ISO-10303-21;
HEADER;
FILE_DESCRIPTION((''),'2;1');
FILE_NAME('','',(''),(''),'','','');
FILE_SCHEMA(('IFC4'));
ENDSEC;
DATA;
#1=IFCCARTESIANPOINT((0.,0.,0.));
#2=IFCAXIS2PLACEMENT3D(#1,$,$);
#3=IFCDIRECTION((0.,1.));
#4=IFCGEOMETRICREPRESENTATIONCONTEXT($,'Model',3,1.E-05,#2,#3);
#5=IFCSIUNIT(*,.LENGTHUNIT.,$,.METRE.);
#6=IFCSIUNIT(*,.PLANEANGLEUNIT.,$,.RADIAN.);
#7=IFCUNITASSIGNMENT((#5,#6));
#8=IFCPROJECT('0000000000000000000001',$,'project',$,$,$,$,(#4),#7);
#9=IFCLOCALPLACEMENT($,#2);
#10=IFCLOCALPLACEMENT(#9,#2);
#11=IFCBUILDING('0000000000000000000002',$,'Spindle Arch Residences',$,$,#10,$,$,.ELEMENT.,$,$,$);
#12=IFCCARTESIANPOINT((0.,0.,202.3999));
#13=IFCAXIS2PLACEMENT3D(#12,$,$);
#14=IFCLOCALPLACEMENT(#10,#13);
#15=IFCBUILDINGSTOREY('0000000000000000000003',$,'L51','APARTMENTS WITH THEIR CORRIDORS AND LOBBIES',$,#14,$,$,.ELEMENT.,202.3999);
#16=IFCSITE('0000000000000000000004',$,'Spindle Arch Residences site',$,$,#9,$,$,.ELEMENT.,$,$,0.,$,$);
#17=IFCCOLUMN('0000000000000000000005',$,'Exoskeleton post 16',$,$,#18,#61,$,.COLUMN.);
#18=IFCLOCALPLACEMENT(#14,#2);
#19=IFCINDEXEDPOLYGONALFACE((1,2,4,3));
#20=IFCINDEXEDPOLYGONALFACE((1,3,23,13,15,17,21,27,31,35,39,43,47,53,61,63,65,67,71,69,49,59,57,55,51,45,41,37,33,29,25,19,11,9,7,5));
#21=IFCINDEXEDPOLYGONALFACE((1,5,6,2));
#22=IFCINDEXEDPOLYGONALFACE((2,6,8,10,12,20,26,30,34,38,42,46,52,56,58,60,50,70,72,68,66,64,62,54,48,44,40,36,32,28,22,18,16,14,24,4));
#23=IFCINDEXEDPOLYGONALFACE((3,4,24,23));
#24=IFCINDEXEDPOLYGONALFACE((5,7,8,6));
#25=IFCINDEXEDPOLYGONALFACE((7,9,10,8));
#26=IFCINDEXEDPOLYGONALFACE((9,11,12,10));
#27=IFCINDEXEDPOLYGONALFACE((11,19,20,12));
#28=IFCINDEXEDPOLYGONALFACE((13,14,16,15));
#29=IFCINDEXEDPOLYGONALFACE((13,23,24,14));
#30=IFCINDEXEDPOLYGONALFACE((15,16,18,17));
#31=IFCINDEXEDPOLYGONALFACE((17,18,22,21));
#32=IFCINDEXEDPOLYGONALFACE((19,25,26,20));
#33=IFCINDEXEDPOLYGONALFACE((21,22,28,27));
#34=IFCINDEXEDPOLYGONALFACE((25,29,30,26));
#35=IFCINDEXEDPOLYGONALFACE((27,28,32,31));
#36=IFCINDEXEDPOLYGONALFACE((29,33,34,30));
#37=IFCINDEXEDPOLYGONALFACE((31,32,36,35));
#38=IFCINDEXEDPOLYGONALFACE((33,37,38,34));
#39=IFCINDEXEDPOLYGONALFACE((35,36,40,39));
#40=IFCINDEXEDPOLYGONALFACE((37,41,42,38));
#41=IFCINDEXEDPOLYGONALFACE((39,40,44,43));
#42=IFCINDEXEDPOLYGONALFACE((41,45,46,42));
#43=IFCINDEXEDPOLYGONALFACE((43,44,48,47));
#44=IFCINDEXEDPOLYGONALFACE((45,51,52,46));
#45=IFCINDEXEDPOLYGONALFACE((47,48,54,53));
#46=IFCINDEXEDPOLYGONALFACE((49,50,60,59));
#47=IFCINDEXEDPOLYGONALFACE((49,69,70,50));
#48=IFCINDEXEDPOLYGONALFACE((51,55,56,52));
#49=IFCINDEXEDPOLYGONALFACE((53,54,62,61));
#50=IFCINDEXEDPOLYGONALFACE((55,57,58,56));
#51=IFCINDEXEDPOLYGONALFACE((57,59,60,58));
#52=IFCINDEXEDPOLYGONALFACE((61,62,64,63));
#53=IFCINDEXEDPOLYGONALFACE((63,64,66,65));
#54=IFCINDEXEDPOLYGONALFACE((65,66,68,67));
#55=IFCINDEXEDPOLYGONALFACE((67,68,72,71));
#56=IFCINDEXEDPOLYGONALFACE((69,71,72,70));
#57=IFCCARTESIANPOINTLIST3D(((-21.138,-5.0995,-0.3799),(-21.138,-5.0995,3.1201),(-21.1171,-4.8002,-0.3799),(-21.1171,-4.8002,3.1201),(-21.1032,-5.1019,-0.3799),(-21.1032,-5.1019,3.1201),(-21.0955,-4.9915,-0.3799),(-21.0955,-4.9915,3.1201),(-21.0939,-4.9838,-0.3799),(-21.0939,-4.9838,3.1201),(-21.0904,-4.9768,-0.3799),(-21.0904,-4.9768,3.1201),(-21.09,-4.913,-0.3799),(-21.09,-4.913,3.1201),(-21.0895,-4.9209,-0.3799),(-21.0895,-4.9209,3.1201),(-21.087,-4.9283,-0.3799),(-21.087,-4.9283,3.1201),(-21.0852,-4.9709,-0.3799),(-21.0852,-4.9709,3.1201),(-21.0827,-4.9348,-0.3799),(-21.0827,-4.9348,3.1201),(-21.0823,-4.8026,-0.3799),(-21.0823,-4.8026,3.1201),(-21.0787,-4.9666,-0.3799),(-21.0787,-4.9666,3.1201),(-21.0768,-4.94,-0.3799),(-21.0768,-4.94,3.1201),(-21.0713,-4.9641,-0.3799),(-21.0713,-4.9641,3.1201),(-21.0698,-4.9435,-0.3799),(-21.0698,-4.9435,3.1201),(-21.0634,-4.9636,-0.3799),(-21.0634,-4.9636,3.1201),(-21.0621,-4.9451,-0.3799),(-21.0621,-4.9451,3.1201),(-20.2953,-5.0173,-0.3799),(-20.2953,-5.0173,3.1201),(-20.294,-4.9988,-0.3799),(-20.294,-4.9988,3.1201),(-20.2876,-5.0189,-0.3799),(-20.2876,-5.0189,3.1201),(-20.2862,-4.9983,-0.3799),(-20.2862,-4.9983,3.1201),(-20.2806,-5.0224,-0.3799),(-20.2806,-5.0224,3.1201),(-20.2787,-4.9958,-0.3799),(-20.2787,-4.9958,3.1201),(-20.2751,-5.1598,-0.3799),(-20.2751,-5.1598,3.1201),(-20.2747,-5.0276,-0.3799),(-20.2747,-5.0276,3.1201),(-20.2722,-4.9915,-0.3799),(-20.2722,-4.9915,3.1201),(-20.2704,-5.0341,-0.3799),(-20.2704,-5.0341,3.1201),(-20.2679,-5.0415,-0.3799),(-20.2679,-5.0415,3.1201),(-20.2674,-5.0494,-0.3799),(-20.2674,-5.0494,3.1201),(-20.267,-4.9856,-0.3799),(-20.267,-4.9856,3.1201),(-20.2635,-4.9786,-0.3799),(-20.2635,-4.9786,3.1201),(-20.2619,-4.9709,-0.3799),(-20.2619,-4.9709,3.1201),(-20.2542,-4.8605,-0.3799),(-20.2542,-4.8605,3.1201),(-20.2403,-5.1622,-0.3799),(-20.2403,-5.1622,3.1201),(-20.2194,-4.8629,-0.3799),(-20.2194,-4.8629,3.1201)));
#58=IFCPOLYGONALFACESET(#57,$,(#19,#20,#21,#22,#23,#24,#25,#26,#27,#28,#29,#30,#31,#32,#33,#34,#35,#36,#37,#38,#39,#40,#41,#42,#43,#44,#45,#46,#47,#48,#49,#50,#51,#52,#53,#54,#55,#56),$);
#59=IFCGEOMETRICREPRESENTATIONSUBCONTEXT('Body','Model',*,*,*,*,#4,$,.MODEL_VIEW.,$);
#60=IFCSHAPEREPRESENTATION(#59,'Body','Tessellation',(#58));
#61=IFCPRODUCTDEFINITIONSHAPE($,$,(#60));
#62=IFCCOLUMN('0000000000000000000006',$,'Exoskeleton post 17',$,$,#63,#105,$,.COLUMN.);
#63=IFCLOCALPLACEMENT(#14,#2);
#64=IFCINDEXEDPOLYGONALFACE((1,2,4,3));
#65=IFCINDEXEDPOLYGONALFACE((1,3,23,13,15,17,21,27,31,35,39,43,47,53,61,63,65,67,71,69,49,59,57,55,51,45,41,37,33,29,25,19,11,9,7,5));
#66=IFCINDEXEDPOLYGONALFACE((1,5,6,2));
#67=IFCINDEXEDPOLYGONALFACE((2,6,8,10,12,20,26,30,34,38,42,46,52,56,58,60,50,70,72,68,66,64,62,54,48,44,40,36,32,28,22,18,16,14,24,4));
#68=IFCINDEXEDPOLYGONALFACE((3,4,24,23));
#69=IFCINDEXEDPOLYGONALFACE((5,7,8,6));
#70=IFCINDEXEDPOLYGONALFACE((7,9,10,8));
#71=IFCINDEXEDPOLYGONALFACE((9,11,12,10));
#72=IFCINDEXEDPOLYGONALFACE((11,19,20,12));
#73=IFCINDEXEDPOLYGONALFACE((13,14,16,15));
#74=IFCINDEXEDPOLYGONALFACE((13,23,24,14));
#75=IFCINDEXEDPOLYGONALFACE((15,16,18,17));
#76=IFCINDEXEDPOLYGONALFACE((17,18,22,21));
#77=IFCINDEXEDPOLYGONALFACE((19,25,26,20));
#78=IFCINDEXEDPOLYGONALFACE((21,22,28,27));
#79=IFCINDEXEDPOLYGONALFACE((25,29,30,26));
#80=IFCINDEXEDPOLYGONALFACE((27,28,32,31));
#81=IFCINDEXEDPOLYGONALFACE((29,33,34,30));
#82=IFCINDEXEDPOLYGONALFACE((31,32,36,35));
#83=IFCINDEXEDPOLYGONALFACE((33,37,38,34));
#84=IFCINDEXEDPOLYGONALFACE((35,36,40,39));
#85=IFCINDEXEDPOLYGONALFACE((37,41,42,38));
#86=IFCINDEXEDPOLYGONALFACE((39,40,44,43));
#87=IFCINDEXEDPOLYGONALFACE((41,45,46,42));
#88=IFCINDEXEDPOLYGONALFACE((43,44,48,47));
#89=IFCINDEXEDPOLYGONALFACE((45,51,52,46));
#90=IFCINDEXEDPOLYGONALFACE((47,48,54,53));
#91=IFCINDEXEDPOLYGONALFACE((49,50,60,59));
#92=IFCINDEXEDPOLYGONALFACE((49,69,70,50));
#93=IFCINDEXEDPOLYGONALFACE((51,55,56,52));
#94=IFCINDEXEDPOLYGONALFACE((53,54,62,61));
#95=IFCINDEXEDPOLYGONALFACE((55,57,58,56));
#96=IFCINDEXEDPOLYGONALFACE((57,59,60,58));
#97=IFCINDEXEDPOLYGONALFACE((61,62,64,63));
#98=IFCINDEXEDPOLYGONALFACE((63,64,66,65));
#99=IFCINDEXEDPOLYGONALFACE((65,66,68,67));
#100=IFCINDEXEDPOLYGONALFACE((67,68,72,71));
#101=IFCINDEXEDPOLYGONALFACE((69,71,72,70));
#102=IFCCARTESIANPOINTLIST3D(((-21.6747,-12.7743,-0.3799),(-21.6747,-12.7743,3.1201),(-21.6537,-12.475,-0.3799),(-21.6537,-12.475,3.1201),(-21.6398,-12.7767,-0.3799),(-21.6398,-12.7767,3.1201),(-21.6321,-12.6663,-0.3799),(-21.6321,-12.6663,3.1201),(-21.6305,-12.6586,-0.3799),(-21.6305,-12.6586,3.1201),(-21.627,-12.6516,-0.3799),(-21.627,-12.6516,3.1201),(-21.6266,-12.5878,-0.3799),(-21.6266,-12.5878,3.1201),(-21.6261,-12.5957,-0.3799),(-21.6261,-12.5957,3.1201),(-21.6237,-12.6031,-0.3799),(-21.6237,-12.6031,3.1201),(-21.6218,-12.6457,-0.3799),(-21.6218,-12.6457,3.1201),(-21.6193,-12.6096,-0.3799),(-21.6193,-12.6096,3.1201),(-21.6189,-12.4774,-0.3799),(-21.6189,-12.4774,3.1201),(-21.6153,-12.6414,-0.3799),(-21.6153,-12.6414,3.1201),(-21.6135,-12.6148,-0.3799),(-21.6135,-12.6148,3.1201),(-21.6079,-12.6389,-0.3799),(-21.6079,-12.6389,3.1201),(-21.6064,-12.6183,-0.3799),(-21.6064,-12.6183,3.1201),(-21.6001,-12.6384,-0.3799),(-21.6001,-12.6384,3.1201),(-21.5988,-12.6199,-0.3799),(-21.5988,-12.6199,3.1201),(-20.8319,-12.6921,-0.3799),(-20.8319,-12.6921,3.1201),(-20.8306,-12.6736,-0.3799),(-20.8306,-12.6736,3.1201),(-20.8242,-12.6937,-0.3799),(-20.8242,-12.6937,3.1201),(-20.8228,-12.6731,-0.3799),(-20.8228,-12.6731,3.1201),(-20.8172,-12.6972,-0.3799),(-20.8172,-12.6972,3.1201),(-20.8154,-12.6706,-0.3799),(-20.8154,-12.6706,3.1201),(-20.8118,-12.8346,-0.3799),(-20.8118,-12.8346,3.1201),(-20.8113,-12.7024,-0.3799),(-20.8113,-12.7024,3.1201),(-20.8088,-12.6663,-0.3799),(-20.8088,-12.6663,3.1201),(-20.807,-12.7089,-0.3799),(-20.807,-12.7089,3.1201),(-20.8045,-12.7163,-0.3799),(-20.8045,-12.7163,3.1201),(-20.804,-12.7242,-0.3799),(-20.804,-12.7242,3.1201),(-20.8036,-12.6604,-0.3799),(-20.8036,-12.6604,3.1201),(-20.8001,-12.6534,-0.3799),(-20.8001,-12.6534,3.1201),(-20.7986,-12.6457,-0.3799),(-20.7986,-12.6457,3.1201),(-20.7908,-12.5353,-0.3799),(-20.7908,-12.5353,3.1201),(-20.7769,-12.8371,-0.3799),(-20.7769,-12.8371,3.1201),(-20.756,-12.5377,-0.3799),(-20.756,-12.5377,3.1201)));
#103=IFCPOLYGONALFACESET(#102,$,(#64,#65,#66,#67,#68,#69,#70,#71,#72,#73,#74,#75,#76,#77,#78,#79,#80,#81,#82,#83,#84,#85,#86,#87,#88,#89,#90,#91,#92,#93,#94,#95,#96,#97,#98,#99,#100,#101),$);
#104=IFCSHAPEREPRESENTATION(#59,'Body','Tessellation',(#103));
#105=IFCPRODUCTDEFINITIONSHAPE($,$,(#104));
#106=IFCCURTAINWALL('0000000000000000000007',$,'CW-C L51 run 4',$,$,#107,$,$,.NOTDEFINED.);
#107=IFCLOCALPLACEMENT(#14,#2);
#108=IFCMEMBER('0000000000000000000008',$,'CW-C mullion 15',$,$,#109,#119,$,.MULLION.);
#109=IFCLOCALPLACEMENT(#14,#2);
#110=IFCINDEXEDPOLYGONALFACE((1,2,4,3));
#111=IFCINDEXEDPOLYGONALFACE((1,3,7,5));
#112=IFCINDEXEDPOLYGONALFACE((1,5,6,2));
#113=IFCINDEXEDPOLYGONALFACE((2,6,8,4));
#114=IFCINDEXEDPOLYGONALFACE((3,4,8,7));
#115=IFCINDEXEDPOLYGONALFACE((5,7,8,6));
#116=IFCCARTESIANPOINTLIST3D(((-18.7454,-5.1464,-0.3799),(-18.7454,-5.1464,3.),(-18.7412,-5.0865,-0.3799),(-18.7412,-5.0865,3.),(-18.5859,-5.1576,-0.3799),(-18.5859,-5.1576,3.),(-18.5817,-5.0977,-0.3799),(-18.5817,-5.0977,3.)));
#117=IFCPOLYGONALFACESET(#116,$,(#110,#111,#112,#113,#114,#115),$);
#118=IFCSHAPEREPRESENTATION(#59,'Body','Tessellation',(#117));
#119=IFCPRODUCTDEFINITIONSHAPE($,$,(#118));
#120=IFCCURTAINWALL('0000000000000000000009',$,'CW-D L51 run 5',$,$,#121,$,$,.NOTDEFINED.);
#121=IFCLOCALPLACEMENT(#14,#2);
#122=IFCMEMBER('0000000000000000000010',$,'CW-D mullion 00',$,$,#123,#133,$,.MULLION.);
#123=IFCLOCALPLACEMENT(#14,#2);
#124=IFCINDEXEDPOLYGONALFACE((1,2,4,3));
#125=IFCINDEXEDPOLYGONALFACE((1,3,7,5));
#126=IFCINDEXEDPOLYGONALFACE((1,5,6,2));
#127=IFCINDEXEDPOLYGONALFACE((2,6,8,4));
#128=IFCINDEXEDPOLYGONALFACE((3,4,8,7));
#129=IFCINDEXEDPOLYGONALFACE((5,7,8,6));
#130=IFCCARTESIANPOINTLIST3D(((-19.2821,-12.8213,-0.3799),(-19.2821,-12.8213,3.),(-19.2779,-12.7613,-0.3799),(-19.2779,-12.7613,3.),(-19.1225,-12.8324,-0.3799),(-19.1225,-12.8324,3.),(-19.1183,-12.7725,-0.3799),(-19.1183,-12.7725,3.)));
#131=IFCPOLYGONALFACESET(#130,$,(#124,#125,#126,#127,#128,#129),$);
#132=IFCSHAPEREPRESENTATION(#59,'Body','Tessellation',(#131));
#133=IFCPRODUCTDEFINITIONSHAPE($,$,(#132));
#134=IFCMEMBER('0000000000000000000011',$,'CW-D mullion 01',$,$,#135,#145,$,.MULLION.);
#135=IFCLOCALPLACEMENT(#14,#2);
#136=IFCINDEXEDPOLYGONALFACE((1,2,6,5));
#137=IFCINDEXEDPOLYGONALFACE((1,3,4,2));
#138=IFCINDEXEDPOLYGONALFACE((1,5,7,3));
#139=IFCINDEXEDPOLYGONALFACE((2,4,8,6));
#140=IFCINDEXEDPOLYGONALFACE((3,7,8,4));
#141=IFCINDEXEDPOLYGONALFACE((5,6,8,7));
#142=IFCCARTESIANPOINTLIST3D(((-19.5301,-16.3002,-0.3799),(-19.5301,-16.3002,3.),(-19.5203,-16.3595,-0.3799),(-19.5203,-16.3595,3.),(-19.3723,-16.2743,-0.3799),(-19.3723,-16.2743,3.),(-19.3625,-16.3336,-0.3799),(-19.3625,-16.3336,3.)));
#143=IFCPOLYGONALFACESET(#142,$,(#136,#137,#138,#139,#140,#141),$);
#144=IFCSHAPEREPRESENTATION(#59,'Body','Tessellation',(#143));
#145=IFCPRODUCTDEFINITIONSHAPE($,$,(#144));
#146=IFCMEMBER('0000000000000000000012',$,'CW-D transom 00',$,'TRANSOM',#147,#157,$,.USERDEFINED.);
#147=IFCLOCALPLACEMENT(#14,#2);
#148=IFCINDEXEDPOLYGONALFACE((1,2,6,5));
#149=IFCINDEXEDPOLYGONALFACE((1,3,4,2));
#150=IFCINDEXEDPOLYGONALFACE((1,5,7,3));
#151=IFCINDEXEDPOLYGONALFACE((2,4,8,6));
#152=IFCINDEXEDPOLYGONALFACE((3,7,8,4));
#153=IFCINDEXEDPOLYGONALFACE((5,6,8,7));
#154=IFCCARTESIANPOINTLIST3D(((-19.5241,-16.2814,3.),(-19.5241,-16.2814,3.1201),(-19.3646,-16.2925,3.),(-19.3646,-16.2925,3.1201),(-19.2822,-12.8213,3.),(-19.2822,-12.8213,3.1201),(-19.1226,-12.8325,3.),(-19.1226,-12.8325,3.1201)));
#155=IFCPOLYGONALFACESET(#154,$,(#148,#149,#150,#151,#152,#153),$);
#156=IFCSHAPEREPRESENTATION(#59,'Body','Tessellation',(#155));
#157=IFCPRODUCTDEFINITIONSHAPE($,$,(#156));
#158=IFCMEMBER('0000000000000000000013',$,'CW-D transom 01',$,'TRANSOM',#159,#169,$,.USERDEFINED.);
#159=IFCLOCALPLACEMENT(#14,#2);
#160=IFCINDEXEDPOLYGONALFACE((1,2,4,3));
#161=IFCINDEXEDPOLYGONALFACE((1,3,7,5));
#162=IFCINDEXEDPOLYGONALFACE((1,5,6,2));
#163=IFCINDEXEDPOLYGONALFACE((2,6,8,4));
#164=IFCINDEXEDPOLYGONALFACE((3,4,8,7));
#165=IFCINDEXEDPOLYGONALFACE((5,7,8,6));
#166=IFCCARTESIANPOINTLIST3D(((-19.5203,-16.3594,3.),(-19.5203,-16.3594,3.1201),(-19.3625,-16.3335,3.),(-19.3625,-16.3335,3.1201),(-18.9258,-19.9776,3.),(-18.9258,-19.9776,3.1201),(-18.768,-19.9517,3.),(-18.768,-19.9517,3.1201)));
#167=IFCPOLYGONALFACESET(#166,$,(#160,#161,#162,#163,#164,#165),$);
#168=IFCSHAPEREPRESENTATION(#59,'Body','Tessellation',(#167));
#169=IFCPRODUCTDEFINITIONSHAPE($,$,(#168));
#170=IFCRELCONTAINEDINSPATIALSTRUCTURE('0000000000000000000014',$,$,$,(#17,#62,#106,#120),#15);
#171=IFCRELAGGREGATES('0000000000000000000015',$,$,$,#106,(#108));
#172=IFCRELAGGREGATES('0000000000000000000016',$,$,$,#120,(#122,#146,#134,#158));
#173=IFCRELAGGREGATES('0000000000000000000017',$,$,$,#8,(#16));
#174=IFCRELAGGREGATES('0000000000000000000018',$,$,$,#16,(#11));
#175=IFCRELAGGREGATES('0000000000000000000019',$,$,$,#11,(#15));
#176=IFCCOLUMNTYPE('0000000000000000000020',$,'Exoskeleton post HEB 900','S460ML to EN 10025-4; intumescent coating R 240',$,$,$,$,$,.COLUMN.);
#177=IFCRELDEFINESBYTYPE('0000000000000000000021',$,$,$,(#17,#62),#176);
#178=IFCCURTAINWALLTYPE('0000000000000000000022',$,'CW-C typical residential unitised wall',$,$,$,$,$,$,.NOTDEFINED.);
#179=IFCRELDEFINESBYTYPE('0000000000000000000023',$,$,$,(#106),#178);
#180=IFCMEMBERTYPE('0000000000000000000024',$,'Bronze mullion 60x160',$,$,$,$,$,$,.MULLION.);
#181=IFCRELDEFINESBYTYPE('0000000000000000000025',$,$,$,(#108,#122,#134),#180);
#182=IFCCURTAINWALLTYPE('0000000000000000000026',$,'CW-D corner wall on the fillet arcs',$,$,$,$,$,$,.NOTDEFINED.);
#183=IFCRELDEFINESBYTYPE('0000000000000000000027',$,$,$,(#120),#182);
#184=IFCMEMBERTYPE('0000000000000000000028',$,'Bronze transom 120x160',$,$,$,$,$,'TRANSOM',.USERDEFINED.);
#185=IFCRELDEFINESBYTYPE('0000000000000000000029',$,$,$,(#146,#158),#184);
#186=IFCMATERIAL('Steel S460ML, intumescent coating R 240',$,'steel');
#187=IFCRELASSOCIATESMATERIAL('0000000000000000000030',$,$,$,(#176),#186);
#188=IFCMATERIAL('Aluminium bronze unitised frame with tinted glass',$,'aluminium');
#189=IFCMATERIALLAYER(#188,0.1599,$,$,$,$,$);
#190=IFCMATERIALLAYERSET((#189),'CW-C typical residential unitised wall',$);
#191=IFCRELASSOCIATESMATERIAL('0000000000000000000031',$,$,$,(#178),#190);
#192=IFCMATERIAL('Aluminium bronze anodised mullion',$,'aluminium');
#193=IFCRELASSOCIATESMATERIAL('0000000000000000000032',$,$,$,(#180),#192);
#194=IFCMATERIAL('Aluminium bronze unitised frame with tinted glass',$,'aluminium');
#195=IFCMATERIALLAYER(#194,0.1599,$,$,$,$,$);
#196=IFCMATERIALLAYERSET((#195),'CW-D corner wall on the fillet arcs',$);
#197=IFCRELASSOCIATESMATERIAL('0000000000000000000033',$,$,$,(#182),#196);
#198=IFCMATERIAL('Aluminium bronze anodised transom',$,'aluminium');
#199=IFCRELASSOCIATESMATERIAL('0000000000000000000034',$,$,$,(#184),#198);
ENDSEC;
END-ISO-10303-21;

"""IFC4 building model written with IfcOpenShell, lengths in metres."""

from ifc_helpers import new_model, si_unit, direction, frame, origin, origin_2d, place, context, subcontext, project, spatial, rectangle, i_section, extrude, material, layer, layer_set, material_profile, profile_set, type_object, element, aggregate, save


model = new_model("IFC4")

# Units and contexts
model_context = context("Model", 3, precision=1e-05, world=origin(), true_north=direction((0.0, 1.0)))
body_context = subcontext(model_context, "Body", "Model", "MODEL_VIEW")
ifc_project = project(units=[si_unit("LENGTHUNIT", "METRE"), si_unit("PLANEANGLEUNIT", "RADIAN")], contexts=[model_context])

# Site, building, storey
site_placement = place(None, origin())
site = spatial("IfcSite", under=ifc_project, at=site_placement, Name="Spindle Arch Residences site", CompositionType="ELEMENT", RefElevation=0.0)
building_placement = place(site_placement, origin())
building = spatial("IfcBuilding", under=site, at=building_placement, Name="Spindle Arch Residences", CompositionType="ELEMENT")
storey_placement = place(building_placement, frame((0.0, 0.0, 202.3999)))
storey = spatial("IfcBuildingStorey", under=building, at=storey_placement, Name="L51", Description="APARTMENTS WITH THEIR CORRIDORS AND LOBBIES", CompositionType="ELEMENT", Elevation=202.3999)

# Columns
ifc_material_1 = material(Name="Steel S460ML, intumescent coating R 240", Category="steel")
ifc_material_profile_1 = material_profile(ifc_material_1, i_section(OverallWidth=0.3, OverallDepth=0.8999, WebThickness=0.0186, FlangeThickness=0.0349, FilletRadius=0.03, at=origin_2d()), Name="HEB 900")
ifc_profile_set_1 = profile_set([ifc_material_profile_1], Name="Steel S460ML, intumescent coating R 240")
column_type = type_object("IfcColumnType", Name="Exoskeleton post HEB 900", Description="S460ML to EN 10025-4; intumescent coating R 240", PredefinedType="COLUMN", material=ifc_profile_set_1)
for number, where, z_axis, x_axis, name in (
    (1, (-20.6787, -4.9812, -0.3799), (0.0, 0.0, 1.0), (0.069756, 0.997564, 0.0), "Exoskeleton post 16"),
    (2, (-21.2153, -12.656, -0.3799), (0.0, 0.0, 1.0), (0.069756, 0.997564, 0.0), "Exoskeleton post 17"),
):
    element("IfcColumn", number, at=place(storey_placement, frame(where, z_axis=z_axis, x_axis=x_axis)), inside=storey, type_object=column_type, Name=name, PredefinedType="COLUMN", context=body_context, shape_type="SweptSolid", body=[
        extrude(i_section(OverallWidth=0.3, OverallDepth=0.8999, WebThickness=0.0186, FlangeThickness=0.0349, FilletRadius=0.03, at=origin_2d()), origin(), (0.0, 0.0, 1.0), 3.5),
    ])

# Curtain wall, member
ifc_material_2 = material(Name="Aluminium bronze unitised frame with tinted glass", Category="aluminium")
ifc_layer_1 = layer(ifc_material_2, 0.1599)
ifc_layer_set_1 = layer_set([ifc_layer_1], Name="CW-C typical residential unitised wall")
curtain_wall_type_1 = type_object("IfcCurtainWallType", Name="CW-C typical residential unitised wall", PredefinedType="NOTDEFINED", material=ifc_layer_set_1)
curtain_wall_1_placement = place(storey_placement, origin())
curtain_wall_1 = element("IfcCurtainWall", 3, at=curtain_wall_1_placement, inside=storey, type_object=curtain_wall_type_1, Name="CW-C L51 run 4", PredefinedType="NOTDEFINED")
ifc_material_3 = material(Name="Aluminium bronze anodised mullion", Category="aluminium")
ifc_material_profile_2 = material_profile(ifc_material_3, rectangle(XDim=0.1599, YDim=0.0601, at=origin_2d()), Name="MU 60x160")
ifc_profile_set_2 = profile_set([ifc_material_profile_2], Name="Aluminium bronze anodised mullion")
member_type_1 = type_object("IfcMemberType", Name="Bronze mullion 60x160", PredefinedType="MULLION", material=ifc_profile_set_2)
member_1_placement = place(storey_placement, frame((-18.6636, -5.1221, -0.3799), z_axis=(0.0, 0.0, 1.0), x_axis=(0.997564, -0.069756, 0.0)))
member_1 = element("IfcMember", 4, at=member_1_placement, type_object=member_type_1, Name="CW-C mullion 15", PredefinedType="MULLION", context=body_context, shape_type="SweptSolid", body=[
    extrude(rectangle(XDim=0.1599, YDim=0.0601, at=origin_2d()), origin(), (0.0, 0.0, 1.0), 3.3799),
])

# Curtain wall, members
ifc_material_4 = material(Name="Aluminium bronze unitised frame with tinted glass", Category="aluminium")
ifc_layer_2 = layer(ifc_material_4, 0.1599)
ifc_layer_set_2 = layer_set([ifc_layer_2], Name="CW-D corner wall on the fillet arcs")
curtain_wall_type_2 = type_object("IfcCurtainWallType", Name="CW-D corner wall on the fillet arcs", PredefinedType="NOTDEFINED", material=ifc_layer_set_2)
curtain_wall_2_placement = place(storey_placement, origin())
curtain_wall_2 = element("IfcCurtainWall", 5, at=curtain_wall_2_placement, inside=storey, type_object=curtain_wall_type_2, Name="CW-D L51 run 5", PredefinedType="NOTDEFINED")
member_2_placement = place(storey_placement, frame((-19.2002, -12.7969, -0.3799), z_axis=(0.0, 0.0, 1.0), x_axis=(0.997564, -0.069756, 0.0)))
member_2 = element("IfcMember", 6, at=member_2_placement, type_object=member_type_1, Name="CW-D mullion 00", PredefinedType="MULLION", context=body_context, shape_type="SweptSolid", body=[
    extrude(rectangle(XDim=0.1599, YDim=0.0601, at=origin_2d()), origin(), (0.0, 0.0, 1.0), 3.3799),
])
member_3_placement = place(storey_placement, frame((-19.4463, -16.3169, -0.3799), z_axis=(0.0, 0.0, 1.0), x_axis=(0.986762, 0.162178, 0.0)))
member_3 = element("IfcMember", 7, at=member_3_placement, type_object=member_type_1, Name="CW-D mullion 01", PredefinedType="MULLION", context=body_context, shape_type="SweptSolid", body=[
    extrude(rectangle(XDim=0.1599, YDim=0.0601, at=origin_2d()), origin(), (0.0, 0.0, 1.0), 3.3799),
])
ifc_material_5 = material(Name="Aluminium bronze anodised transom", Category="aluminium")
ifc_material_profile_3 = material_profile(ifc_material_5, rectangle(XDim=0.1599, YDim=0.1201, at=origin_2d()), Name="TR 120x160")
ifc_profile_set_3 = profile_set([ifc_material_profile_3], Name="Aluminium bronze anodised transom")
member_type_2 = type_object("IfcMemberType", Name="Bronze transom 120x160", ElementType="TRANSOM", PredefinedType="USERDEFINED", material=ifc_profile_set_3)
member_4_placement = place(storey_placement, frame((-19.2024, -12.8269, 3.0601), z_axis=(-0.069756, -0.997564, 0.0), x_axis=(0.997564, -0.069756, 0.0)))
member_4 = element("IfcMember", 8, at=member_4_placement, type_object=member_type_2, Name="CW-D transom 00", ObjectType="TRANSOM", PredefinedType="USERDEFINED", context=body_context, shape_type="SweptSolid", body=[
    extrude(rectangle(XDim=0.1599, YDim=0.1201, at=origin_2d()), origin(), (0.0, 0.0, 1.0), 3.4685),
])
member_5_placement = place(storey_placement, frame((-19.4414, -16.3464, 3.0601), z_axis=(0.162131, -0.986769, 0.0), x_axis=(0.986769, 0.162131, 0.0)))
member_5 = element("IfcMember", 9, at=member_5_placement, type_object=member_type_2, Name="CW-D transom 01", ObjectType="TRANSOM", PredefinedType="USERDEFINED", context=body_context, shape_type="SweptSolid", body=[
    extrude(rectangle(XDim=0.1599, YDim=0.1201, at=origin_2d()), origin(), (0.0, 0.0, 1.0), 3.6667),
])

aggregate(curtain_wall_1, [member_1])
aggregate(curtain_wall_2, [member_2, member_4, member_3, member_5])

save(model, "model.ifc")
